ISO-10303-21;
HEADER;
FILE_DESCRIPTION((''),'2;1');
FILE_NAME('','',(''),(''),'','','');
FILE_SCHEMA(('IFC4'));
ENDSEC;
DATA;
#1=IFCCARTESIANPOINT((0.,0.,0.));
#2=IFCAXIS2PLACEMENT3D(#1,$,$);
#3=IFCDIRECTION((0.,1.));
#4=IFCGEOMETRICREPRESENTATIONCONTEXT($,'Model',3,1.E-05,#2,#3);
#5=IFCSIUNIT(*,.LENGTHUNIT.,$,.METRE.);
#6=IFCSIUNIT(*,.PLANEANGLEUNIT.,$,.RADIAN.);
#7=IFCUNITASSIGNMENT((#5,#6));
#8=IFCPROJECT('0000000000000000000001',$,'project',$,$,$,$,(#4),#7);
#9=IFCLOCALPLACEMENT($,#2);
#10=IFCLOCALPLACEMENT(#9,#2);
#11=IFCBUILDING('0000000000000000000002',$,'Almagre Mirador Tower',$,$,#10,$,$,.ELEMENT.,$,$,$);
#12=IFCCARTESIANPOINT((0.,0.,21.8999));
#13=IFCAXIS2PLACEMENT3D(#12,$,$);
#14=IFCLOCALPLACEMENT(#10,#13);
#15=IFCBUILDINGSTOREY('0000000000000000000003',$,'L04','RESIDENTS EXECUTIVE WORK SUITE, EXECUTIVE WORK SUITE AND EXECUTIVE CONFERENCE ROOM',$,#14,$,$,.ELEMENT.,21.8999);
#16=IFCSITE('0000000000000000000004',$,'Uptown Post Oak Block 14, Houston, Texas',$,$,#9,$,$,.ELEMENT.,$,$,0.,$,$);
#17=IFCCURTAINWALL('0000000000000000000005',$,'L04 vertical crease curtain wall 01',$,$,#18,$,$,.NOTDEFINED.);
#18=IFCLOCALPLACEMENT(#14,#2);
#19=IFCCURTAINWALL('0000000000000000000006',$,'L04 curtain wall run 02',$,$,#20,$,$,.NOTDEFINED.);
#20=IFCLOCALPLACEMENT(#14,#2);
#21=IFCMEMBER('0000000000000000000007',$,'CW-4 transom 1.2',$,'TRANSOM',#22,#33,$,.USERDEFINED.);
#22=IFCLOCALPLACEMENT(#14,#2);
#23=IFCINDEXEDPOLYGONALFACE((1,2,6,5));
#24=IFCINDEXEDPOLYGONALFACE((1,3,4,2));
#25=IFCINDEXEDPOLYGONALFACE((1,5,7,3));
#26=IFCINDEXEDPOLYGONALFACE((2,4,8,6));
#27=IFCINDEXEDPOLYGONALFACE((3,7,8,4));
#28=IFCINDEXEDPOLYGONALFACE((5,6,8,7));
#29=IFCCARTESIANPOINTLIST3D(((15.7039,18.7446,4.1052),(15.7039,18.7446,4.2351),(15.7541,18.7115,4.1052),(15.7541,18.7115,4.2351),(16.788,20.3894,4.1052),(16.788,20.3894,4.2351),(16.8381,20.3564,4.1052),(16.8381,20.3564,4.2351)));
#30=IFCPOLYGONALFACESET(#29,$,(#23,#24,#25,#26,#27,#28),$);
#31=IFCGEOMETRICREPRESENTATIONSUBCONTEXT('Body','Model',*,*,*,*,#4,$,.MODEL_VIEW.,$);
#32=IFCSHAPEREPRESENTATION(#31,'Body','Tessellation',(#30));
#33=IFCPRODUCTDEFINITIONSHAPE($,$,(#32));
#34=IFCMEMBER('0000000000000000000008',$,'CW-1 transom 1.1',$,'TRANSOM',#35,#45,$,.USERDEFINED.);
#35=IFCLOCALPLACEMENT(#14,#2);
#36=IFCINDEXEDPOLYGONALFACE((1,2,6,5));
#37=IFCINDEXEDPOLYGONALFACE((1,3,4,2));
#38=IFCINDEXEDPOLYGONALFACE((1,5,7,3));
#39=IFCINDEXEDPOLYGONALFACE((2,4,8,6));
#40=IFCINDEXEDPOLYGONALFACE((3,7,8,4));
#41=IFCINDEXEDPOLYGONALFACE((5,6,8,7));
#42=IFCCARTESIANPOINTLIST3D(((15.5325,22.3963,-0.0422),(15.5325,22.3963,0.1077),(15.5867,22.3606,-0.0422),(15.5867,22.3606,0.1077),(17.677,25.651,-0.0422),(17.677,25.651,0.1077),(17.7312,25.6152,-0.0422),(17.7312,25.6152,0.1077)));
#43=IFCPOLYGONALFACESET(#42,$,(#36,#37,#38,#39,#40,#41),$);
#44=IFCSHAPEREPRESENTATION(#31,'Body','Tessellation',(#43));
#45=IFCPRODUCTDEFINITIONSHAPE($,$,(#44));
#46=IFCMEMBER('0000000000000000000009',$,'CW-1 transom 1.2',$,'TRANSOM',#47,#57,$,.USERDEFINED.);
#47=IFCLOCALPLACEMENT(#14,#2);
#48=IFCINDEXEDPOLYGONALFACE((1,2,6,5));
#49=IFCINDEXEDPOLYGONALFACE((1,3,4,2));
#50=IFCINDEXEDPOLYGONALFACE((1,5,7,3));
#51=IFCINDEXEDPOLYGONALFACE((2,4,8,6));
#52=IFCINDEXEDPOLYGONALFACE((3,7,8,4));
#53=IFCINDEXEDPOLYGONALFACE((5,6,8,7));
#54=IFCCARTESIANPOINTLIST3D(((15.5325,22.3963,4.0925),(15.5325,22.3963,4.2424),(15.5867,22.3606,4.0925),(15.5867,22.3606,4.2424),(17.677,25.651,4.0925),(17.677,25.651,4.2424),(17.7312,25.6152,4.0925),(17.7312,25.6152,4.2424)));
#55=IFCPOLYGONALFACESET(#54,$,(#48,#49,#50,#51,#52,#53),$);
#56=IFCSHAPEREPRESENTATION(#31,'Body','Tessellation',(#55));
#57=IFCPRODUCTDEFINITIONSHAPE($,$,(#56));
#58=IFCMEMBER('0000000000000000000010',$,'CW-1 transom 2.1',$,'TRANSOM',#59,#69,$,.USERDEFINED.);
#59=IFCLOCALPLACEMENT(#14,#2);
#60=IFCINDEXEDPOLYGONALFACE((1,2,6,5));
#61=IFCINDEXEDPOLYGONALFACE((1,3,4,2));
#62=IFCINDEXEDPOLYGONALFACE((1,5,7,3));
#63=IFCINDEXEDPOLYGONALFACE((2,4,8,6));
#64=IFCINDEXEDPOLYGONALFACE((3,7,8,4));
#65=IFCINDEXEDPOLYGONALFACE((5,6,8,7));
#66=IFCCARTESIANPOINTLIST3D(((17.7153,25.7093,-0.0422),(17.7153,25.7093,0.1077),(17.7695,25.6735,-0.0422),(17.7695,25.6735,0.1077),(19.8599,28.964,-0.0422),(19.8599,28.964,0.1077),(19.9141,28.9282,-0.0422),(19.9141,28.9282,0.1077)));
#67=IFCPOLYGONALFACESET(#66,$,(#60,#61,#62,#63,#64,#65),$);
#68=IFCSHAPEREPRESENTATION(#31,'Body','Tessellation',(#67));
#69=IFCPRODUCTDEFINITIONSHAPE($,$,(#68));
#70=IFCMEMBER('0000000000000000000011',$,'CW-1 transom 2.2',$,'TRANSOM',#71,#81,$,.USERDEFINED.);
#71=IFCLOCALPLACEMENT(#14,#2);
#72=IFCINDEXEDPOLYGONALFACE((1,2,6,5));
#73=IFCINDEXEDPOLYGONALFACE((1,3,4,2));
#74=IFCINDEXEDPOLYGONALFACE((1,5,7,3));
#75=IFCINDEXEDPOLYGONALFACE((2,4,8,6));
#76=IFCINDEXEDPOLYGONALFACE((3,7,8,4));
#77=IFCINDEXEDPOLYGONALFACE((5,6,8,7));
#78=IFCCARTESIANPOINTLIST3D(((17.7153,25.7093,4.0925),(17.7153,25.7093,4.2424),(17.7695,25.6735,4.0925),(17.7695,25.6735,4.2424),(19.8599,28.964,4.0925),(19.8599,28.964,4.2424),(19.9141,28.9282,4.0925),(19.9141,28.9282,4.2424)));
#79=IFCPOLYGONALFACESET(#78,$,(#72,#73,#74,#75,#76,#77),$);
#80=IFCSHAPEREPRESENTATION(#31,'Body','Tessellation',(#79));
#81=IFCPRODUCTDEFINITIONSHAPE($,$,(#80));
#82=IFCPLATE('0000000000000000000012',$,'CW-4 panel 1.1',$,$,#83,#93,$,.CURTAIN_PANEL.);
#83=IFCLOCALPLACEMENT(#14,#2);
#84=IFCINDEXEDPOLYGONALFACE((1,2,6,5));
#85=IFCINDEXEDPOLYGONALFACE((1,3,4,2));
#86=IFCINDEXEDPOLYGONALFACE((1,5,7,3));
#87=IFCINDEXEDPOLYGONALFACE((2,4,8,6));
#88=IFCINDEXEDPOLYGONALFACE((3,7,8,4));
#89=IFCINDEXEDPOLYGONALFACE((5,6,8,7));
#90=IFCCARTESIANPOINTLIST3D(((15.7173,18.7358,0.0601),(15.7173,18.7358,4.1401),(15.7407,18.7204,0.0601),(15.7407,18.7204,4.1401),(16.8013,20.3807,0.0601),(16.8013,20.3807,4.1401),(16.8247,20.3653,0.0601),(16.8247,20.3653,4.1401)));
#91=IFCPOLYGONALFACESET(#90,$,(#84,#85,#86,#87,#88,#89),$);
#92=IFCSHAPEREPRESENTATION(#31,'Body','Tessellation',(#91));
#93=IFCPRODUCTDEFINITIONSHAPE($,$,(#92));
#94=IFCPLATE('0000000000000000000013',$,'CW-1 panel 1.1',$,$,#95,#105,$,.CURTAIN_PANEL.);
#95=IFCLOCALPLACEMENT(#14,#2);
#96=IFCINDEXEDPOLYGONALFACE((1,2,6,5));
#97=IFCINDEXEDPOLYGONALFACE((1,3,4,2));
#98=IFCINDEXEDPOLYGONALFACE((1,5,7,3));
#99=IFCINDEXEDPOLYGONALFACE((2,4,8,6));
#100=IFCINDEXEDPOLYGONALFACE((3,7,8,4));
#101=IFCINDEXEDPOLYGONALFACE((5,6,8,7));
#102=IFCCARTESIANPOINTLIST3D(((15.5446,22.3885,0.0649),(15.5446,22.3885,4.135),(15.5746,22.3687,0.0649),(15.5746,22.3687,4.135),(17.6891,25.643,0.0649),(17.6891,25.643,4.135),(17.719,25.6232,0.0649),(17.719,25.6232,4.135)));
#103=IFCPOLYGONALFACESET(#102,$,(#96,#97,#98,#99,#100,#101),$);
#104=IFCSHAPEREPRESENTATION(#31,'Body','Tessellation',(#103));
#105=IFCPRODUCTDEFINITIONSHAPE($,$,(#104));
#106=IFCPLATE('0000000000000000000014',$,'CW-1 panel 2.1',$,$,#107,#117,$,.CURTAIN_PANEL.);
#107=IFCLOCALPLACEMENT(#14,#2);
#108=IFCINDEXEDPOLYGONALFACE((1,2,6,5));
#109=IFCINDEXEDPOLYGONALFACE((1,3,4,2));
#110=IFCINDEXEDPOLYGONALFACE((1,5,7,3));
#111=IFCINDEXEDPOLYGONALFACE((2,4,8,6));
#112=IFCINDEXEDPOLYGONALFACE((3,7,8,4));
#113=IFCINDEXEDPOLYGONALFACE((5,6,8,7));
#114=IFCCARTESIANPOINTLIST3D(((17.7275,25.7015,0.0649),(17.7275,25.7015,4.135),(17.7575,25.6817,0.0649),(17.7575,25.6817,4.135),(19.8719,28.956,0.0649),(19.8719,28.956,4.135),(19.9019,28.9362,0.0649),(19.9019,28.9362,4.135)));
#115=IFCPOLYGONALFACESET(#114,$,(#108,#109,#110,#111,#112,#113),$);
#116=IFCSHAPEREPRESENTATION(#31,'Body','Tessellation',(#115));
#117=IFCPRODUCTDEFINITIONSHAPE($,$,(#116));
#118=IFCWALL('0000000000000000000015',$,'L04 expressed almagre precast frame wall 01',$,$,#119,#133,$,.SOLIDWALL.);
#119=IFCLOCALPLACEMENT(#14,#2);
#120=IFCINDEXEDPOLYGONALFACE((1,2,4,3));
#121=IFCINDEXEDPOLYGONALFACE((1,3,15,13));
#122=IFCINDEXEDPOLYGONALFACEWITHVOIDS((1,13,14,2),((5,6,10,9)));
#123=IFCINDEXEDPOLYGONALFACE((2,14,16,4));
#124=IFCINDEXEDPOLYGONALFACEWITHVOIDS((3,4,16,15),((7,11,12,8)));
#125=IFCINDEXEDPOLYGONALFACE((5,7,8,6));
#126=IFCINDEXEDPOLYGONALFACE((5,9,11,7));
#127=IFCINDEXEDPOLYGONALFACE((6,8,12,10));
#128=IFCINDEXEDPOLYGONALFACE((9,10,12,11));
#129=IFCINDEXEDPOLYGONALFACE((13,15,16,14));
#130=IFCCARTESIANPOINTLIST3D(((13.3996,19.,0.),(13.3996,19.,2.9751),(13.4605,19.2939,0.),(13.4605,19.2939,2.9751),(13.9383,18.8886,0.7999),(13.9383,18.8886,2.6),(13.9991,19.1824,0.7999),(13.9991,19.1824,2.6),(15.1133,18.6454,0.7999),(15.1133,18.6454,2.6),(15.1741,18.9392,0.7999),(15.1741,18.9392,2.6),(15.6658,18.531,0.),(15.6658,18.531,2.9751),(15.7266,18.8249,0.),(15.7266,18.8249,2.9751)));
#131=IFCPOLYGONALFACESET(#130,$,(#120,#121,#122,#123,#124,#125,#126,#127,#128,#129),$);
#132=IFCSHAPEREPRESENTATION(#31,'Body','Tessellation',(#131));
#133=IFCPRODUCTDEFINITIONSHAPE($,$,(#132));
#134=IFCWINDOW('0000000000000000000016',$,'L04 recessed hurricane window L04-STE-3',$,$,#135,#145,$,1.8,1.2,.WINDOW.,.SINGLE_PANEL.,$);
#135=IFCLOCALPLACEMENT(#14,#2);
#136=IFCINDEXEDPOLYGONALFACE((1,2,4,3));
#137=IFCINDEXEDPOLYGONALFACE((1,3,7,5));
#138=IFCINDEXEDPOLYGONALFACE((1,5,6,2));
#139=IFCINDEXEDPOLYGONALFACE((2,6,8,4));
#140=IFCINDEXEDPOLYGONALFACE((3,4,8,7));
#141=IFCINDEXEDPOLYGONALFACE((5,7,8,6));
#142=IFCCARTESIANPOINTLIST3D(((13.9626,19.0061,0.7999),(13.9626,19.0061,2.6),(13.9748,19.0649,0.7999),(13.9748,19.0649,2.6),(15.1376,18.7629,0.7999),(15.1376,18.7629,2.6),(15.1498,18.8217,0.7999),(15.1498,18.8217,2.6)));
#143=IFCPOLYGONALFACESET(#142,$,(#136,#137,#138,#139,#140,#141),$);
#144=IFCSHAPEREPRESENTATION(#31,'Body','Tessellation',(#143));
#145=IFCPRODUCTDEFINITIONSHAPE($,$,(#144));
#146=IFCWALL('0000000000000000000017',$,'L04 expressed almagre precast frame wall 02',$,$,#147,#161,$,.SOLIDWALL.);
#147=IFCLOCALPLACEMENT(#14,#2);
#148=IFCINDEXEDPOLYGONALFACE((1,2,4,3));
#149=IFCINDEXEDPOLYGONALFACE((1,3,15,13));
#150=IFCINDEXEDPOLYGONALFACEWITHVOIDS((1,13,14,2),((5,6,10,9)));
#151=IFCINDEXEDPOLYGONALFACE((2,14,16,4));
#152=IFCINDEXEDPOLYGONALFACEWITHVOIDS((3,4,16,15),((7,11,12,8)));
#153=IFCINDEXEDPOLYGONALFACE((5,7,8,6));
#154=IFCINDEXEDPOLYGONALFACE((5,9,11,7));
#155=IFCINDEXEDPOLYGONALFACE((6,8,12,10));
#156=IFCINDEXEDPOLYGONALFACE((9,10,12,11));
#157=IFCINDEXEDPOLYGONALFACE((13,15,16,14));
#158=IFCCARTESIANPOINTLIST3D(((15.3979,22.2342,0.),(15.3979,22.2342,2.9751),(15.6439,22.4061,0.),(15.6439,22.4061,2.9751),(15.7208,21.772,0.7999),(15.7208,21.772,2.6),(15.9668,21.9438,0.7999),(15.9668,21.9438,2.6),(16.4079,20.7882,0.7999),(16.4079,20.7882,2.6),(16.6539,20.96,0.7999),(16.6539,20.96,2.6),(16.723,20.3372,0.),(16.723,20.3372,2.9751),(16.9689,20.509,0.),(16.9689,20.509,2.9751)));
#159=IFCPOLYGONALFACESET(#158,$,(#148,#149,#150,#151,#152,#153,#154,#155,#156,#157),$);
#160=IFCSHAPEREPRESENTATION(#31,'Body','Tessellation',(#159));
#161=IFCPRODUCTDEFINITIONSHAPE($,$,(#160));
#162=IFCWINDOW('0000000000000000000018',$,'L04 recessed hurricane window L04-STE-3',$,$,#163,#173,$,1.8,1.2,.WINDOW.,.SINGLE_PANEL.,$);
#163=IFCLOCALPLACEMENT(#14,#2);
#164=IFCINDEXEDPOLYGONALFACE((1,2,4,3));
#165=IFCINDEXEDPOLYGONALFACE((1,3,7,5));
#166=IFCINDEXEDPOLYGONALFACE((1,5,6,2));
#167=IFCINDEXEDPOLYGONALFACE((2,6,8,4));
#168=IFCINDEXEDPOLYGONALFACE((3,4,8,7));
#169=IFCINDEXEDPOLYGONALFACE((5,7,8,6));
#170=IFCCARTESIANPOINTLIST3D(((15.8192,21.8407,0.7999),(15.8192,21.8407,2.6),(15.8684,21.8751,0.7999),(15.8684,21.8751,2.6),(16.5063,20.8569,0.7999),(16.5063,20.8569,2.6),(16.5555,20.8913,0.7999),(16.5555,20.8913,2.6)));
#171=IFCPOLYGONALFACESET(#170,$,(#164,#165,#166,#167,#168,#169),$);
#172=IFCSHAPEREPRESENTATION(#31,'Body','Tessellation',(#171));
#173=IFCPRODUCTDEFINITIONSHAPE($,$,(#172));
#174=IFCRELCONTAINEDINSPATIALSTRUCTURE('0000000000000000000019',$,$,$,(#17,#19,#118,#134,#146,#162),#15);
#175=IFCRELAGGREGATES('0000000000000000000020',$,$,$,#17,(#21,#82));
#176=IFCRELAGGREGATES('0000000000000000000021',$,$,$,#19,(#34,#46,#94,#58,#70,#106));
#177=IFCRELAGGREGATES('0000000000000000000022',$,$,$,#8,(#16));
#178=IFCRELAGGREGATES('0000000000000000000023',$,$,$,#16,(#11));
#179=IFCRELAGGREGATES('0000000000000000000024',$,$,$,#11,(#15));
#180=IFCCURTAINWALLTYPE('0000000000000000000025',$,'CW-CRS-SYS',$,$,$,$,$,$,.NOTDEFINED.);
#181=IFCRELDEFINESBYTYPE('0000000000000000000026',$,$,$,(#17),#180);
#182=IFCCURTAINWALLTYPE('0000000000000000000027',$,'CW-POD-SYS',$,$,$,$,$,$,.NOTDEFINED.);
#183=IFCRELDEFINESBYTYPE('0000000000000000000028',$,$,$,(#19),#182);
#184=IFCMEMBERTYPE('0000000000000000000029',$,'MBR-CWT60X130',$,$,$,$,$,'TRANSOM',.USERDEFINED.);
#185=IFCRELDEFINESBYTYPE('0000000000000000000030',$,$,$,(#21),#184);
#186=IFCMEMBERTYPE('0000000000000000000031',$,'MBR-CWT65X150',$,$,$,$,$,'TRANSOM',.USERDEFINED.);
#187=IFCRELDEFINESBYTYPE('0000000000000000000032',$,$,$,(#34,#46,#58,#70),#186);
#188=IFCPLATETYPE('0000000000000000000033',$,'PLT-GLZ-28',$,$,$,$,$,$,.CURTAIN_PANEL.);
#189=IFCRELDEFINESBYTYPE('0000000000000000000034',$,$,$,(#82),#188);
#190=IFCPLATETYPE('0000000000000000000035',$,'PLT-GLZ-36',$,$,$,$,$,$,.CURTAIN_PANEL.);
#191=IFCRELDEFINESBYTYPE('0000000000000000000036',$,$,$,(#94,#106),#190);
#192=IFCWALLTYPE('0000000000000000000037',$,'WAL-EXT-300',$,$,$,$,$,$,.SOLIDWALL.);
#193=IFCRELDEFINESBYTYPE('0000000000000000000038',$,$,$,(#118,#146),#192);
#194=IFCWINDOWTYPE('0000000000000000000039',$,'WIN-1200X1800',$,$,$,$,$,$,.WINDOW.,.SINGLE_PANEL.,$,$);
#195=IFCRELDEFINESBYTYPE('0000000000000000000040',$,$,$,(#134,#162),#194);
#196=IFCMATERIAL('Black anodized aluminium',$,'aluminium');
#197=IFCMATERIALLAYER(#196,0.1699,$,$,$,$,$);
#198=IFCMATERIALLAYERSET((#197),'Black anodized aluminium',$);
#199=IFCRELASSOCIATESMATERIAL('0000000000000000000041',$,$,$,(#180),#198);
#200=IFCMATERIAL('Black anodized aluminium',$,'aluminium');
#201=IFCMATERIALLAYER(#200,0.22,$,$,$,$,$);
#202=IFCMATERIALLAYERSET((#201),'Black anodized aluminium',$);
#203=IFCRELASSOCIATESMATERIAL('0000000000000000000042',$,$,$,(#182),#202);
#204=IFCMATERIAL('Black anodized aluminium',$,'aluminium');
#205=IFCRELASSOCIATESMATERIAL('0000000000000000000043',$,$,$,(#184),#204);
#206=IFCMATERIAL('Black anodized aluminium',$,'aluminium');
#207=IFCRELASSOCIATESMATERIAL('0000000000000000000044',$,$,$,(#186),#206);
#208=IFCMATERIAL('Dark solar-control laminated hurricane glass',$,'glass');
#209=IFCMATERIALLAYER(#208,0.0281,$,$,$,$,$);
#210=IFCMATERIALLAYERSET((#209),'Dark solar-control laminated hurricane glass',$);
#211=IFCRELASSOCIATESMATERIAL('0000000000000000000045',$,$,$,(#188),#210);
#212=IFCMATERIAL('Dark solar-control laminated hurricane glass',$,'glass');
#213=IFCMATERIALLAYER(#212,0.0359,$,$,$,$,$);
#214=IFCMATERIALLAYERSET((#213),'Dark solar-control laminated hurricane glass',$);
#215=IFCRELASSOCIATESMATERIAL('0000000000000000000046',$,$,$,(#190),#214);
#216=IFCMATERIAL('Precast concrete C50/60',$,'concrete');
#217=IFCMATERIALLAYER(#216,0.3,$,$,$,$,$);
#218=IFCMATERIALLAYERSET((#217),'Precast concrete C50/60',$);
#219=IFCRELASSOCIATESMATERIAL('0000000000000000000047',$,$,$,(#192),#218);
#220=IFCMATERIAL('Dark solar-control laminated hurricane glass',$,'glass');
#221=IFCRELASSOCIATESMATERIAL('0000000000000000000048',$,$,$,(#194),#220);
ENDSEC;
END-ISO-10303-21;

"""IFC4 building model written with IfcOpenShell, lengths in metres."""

from ifc_helpers import new_model, si_unit, direction, frame, frame_2d, origin, origin_2d, place, context, subcontext, project, spatial, rectangle, extrude, material, layer, layer_set, material_profile, profile_set, type_object, element, fill, aggregate, save


model = new_model("IFC4")

# Units and contexts
model_context = context("Model", 3, precision=1e-05, world=origin(), true_north=direction((0.0, 1.0)))
body_context = subcontext(model_context, "Body", "Model", "MODEL_VIEW")
ifc_project = project(units=[si_unit("LENGTHUNIT", "METRE"), si_unit("PLANEANGLEUNIT", "RADIAN")], contexts=[model_context])

# Site, building, storey
site_placement = place(None, origin())
site = spatial("IfcSite", under=ifc_project, at=site_placement, Name="Uptown Post Oak Block 14, Houston, Texas", CompositionType="ELEMENT", RefElevation=0.0)
building_placement = place(site_placement, origin())
building = spatial("IfcBuilding", under=site, at=building_placement, Name="Almagre Mirador Tower", CompositionType="ELEMENT")
storey_placement = place(building_placement, frame((0.0, 0.0, 21.8999)))
storey = spatial("IfcBuildingStorey", under=building, at=storey_placement, Name="L04", Description="RESIDENTS EXECUTIVE WORK SUITE, EXECUTIVE WORK SUITE AND EXECUTIVE CONFERENCE ROOM", CompositionType="ELEMENT", Elevation=21.8999)

# Curtain walls
ifc_material_1 = material(Name="Black anodized aluminium", Category="aluminium")
ifc_layer_1 = layer(ifc_material_1, 0.1699)
ifc_layer_set_1 = layer_set([ifc_layer_1], Name="Black anodized aluminium")
curtain_wall_type_1 = type_object("IfcCurtainWallType", Name="CW-CRS-SYS", PredefinedType="NOTDEFINED", material=ifc_layer_set_1)
curtain_wall_1_placement = place(storey_placement, origin())
curtain_wall_1 = element("IfcCurtainWall", 1, at=curtain_wall_1_placement, inside=storey, type_object=curtain_wall_type_1, Name="L04 vertical crease curtain wall 01", PredefinedType="NOTDEFINED")
ifc_material_2 = material(Name="Black anodized aluminium", Category="aluminium")
ifc_layer_2 = layer(ifc_material_2, 0.22)
ifc_layer_set_2 = layer_set([ifc_layer_2], Name="Black anodized aluminium")
curtain_wall_type_2 = type_object("IfcCurtainWallType", Name="CW-POD-SYS", PredefinedType="NOTDEFINED", material=ifc_layer_set_2)
curtain_wall_2_placement = place(storey_placement, origin())
curtain_wall_2 = element("IfcCurtainWall", 2, at=curtain_wall_2_placement, inside=storey, type_object=curtain_wall_type_2, Name="L04 curtain wall run 02", PredefinedType="NOTDEFINED")

# Members
ifc_material_3 = material(Name="Black anodized aluminium", Category="aluminium")
ifc_material_profile_1 = material_profile(ifc_material_3, rectangle(XDim=0.0601, YDim=0.1299, at=origin_2d()), Name="CWT60X130")
ifc_profile_set_1 = profile_set([ifc_material_profile_1], Name="Black anodized aluminium")
member_type_1 = type_object("IfcMemberType", Name="MBR-CWT60X130", ElementType="TRANSOM", PredefinedType="USERDEFINED", material=ifc_profile_set_1)
member_1_placement = place(storey_placement, frame((15.729, 18.728, 4.1702), z_axis=(0.550288, 0.834975, 0.0), x_axis=(-0.834975, 0.550288, 0.0)))
member_1 = element("IfcMember", 3, at=member_1_placement, type_object=member_type_1, Name="CW-4 transom 1.2", ObjectType="TRANSOM", PredefinedType="USERDEFINED", context=body_context, shape_type="SweptSolid", body=[
    extrude(rectangle(XDim=0.0601, YDim=0.1299, at=origin_2d()), origin(), (0.0, 0.0, 1.0), 1.97),
])
ifc_material_4 = material(Name="Black anodized aluminium", Category="aluminium")
ifc_material_profile_2 = material_profile(ifc_material_4, rectangle(XDim=0.0649, YDim=0.1499, at=origin_2d()), Name="CWT65X150")
ifc_profile_set_2 = profile_set([ifc_material_profile_2], Name="Black anodized aluminium")
member_type_2 = type_object("IfcMemberType", Name="MBR-CWT65X150", ElementType="TRANSOM", PredefinedType="USERDEFINED", material=ifc_profile_set_2)
member_2_placement = place(storey_placement, frame((15.5596, 22.3784, 0.0327), z_axis=(0.550211, 0.835026, 0.0), x_axis=(-0.835026, 0.550211, 0.0)))
member_2 = element("IfcMember", 4, at=member_2_placement, type_object=member_type_2, Name="CW-1 transom 1.1", ObjectType="TRANSOM", PredefinedType="USERDEFINED", context=body_context, shape_type="SweptSolid", body=[
    extrude(rectangle(XDim=0.0649, YDim=0.1499, at=origin_2d()), origin(), (0.0, 0.0, 1.0), 3.8977),
])
member_3_placement = place(storey_placement, frame((15.5596, 22.3784, 4.1675), z_axis=(0.550211, 0.835026, 0.0), x_axis=(-0.835026, 0.550211, 0.0)))
member_3 = element("IfcMember", 5, at=member_3_placement, type_object=member_type_2, Name="CW-1 transom 1.2", ObjectType="TRANSOM", PredefinedType="USERDEFINED", context=body_context, shape_type="SweptSolid", body=[
    extrude(rectangle(XDim=0.0649, YDim=0.1499, at=origin_2d()), origin(), (0.0, 0.0, 1.0), 3.8977),
])
member_4_placement = place(storey_placement, frame((17.7424, 25.6914, 0.0327), z_axis=(0.550211, 0.835026, 0.0), x_axis=(-0.835026, 0.550211, 0.0)))
member_4 = element("IfcMember", 6, at=member_4_placement, type_object=member_type_2, Name="CW-1 transom 2.1", ObjectType="TRANSOM", PredefinedType="USERDEFINED", context=body_context, shape_type="SweptSolid", body=[
    extrude(rectangle(XDim=0.0649, YDim=0.1499, at=origin_2d()), origin(), (0.0, 0.0, 1.0), 3.8977),
])
member_5_placement = place(storey_placement, frame((17.7424, 25.6914, 4.1675), z_axis=(0.550211, 0.835026, 0.0), x_axis=(-0.835026, 0.550211, 0.0)))
member_5 = element("IfcMember", 7, at=member_5_placement, type_object=member_type_2, Name="CW-1 transom 2.2", ObjectType="TRANSOM", PredefinedType="USERDEFINED", context=body_context, shape_type="SweptSolid", body=[
    extrude(rectangle(XDim=0.0649, YDim=0.1499, at=origin_2d()), origin(), (0.0, 0.0, 1.0), 3.8977),
])

# Plates
ifc_material_5 = material(Name="Dark solar-control laminated hurricane glass", Category="glass")
ifc_layer_3 = layer(ifc_material_5, 0.0281)
ifc_layer_set_3 = layer_set([ifc_layer_3], Name="Dark solar-control laminated hurricane glass")
plate_type_1 = type_object("IfcPlateType", Name="PLT-GLZ-28", PredefinedType="CURTAIN_PANEL", material=ifc_layer_set_3)
plate_1_placement = place(storey_placement, frame((16.271, 19.5505, 0.0601), z_axis=(0.0, 0.0, 1.0), x_axis=(0.550275, 0.834983, 0.0)))
plate_1 = element("IfcPlate", 8, at=plate_1_placement, type_object=plate_type_1, Name="CW-4 panel 1.1", PredefinedType="CURTAIN_PANEL", context=body_context, shape_type="SweptSolid", body=[
    extrude(rectangle(XDim=1.97, YDim=0.0281, at=origin_2d()), origin(), (0.0, 0.0, 1.0), 4.0801),
])
aggregate(curtain_wall_1, [member_1, plate_1])
ifc_material_6 = material(Name="Dark solar-control laminated hurricane glass", Category="glass")
ifc_layer_4 = layer(ifc_material_6, 0.0359)
ifc_layer_set_4 = layer_set([ifc_layer_4], Name="Dark solar-control laminated hurricane glass")
plate_type_2 = type_object("IfcPlateType", Name="PLT-GLZ-36", PredefinedType="CURTAIN_PANEL", material=ifc_layer_set_4)
plate_2_placement = place(storey_placement, frame((16.6318, 24.0059, 0.0649), z_axis=(0.0, 0.0, 1.0), x_axis=(0.550209, 0.835027, 0.0)))
plate_2 = element("IfcPlate", 9, at=plate_2_placement, type_object=plate_type_2, Name="CW-1 panel 1.1", PredefinedType="CURTAIN_PANEL", context=body_context, shape_type="SweptSolid", body=[
    extrude(rectangle(XDim=3.8975, YDim=0.0359, at=origin_2d()), origin(), (0.0, 0.0, 1.0), 4.0701),
])
plate_3_placement = place(storey_placement, frame((18.8147, 27.3188, 0.0649), z_axis=(0.0, 0.0, 1.0), x_axis=(0.550209, 0.835027, 0.0)))
plate_3 = element("IfcPlate", 10, at=plate_3_placement, type_object=plate_type_2, Name="CW-1 panel 2.1", PredefinedType="CURTAIN_PANEL", context=body_context, shape_type="SweptSolid", body=[
    extrude(rectangle(XDim=3.8975, YDim=0.0359, at=origin_2d()), origin(), (0.0, 0.0, 1.0), 4.0701),
])
aggregate(curtain_wall_2, [member_2, member_3, plate_2, member_4, member_5, plate_3])

# Walls, openings, windows
ifc_material_7 = material(Name="Precast concrete C50/60", Category="concrete")
ifc_layer_5 = layer(ifc_material_7, 0.3)
ifc_layer_set_5 = layer_set([ifc_layer_5], Name="Precast concrete C50/60")
wall_type_1 = type_object("IfcWallType", Name="WAL-EXT-300", PredefinedType="SOLIDWALL", material=ifc_layer_set_5)
wall_1_placement = place(storey_placement, frame((13.4299, 19.147, 0.0), z_axis=(0.0, 0.0, 1.0), x_axis=(0.979248, -0.202665, 0.0)))
wall_1 = element("IfcWall", 11, at=wall_1_placement, inside=storey, type_object=wall_type_1, Name="L04 expressed almagre precast frame wall 01", PredefinedType="SOLIDWALL", context=body_context, shape_type="SweptSolid", body=[
    extrude(rectangle(XDim=2.3142, YDim=0.3, at=frame_2d((1.1572, 0.0))), origin(), (0.0, 0.0, 1.0), 2.9751),
])
opening_1_placement = place(wall_1_placement, frame((0.55, 0.0, 0.8)))
opening_1 = element("IfcOpeningElement", 12, at=opening_1_placement, cuts=wall_1, PredefinedType="OPENING", context=body_context, shape_type="SweptSolid", body=[
    extrude(rectangle(XDim=1.2, YDim=1.8, at=frame_2d((0.6001, 0.8999))), frame((0.0, 0.1599, 0.0), z_axis=(0.0, -1.0, 0.0), x_axis=(1.0, 0.0, 0.0)), (0.0, 0.0, 1.0), 0.32),
])
ifc_material_8 = material(Name="Dark solar-control laminated hurricane glass", Category="glass")
window_type = type_object("IfcWindowType", Name="WIN-1200X1800", PartitioningType="SINGLE_PANEL", PredefinedType="WINDOW", material=ifc_material_8)
window_1_placement = place(opening_1_placement, origin())
window_1 = element("IfcWindow", 13, at=window_1_placement, inside=storey, type_object=window_type, Name="L04 recessed hurricane window L04-STE-3", OverallHeight=1.8, OverallWidth=1.2, PartitioningType="SINGLE_PANEL", PredefinedType="WINDOW", context=body_context, shape_type="SweptSolid", body=[
    extrude(rectangle(XDim=1.2, YDim=1.8, at=frame_2d((0.6001, 0.8999))), frame((0.0, 0.03, 0.0), z_axis=(0.0, -1.0, 0.0), x_axis=(1.0, 0.0, 0.0)), (0.0, 0.0, 1.0), 0.0601),
])
fill(opening_1, window_1)
wall_2_placement = place(storey_placement, frame((16.8459, 20.4231, 0.0), z_axis=(0.0, 0.0, 1.0), x_axis=(-0.572612, 0.819826, 0.0)))
wall_2 = element("IfcWall", 14, at=wall_2_placement, inside=storey, type_object=wall_type_1, Name="L04 expressed almagre precast frame wall 02", PredefinedType="SOLIDWALL", context=body_context, shape_type="SweptSolid", body=[
    extrude(rectangle(XDim=2.314, YDim=0.3, at=frame_2d((1.157, 0.0))), origin(), (0.0, 0.0, 1.0), 2.9751),
])
opening_2_placement = place(wall_2_placement, frame((0.55, 0.0, 0.8)))
opening_2 = element("IfcOpeningElement", 15, at=opening_2_placement, cuts=wall_2, PredefinedType="OPENING", context=body_context, shape_type="SweptSolid", body=[
    extrude(rectangle(XDim=1.2, YDim=1.8, at=frame_2d((0.6001, 0.8999))), frame((0.0, 0.1599, 0.0), z_axis=(0.0, -1.0, 0.0), x_axis=(1.0, 0.0, 0.0)), (0.0, 0.0, 1.0), 0.32),
])
window_2_placement = place(opening_2_placement, origin())
window_2 = element("IfcWindow", 16, at=window_2_placement, inside=storey, type_object=window_type, Name="L04 recessed hurricane window L04-STE-3", OverallHeight=1.8, OverallWidth=1.2, PartitioningType="SINGLE_PANEL", PredefinedType="WINDOW", context=body_context, shape_type="SweptSolid", body=[
    extrude(rectangle(XDim=1.2, YDim=1.8, at=frame_2d((0.6001, 0.8999))), frame((0.0, 0.03, 0.0), z_axis=(0.0, -1.0, 0.0), x_axis=(1.0, 0.0, 0.0)), (0.0, 0.0, 1.0), 0.0601),
])
fill(opening_2, window_2)

save(model, "model.ifc")
